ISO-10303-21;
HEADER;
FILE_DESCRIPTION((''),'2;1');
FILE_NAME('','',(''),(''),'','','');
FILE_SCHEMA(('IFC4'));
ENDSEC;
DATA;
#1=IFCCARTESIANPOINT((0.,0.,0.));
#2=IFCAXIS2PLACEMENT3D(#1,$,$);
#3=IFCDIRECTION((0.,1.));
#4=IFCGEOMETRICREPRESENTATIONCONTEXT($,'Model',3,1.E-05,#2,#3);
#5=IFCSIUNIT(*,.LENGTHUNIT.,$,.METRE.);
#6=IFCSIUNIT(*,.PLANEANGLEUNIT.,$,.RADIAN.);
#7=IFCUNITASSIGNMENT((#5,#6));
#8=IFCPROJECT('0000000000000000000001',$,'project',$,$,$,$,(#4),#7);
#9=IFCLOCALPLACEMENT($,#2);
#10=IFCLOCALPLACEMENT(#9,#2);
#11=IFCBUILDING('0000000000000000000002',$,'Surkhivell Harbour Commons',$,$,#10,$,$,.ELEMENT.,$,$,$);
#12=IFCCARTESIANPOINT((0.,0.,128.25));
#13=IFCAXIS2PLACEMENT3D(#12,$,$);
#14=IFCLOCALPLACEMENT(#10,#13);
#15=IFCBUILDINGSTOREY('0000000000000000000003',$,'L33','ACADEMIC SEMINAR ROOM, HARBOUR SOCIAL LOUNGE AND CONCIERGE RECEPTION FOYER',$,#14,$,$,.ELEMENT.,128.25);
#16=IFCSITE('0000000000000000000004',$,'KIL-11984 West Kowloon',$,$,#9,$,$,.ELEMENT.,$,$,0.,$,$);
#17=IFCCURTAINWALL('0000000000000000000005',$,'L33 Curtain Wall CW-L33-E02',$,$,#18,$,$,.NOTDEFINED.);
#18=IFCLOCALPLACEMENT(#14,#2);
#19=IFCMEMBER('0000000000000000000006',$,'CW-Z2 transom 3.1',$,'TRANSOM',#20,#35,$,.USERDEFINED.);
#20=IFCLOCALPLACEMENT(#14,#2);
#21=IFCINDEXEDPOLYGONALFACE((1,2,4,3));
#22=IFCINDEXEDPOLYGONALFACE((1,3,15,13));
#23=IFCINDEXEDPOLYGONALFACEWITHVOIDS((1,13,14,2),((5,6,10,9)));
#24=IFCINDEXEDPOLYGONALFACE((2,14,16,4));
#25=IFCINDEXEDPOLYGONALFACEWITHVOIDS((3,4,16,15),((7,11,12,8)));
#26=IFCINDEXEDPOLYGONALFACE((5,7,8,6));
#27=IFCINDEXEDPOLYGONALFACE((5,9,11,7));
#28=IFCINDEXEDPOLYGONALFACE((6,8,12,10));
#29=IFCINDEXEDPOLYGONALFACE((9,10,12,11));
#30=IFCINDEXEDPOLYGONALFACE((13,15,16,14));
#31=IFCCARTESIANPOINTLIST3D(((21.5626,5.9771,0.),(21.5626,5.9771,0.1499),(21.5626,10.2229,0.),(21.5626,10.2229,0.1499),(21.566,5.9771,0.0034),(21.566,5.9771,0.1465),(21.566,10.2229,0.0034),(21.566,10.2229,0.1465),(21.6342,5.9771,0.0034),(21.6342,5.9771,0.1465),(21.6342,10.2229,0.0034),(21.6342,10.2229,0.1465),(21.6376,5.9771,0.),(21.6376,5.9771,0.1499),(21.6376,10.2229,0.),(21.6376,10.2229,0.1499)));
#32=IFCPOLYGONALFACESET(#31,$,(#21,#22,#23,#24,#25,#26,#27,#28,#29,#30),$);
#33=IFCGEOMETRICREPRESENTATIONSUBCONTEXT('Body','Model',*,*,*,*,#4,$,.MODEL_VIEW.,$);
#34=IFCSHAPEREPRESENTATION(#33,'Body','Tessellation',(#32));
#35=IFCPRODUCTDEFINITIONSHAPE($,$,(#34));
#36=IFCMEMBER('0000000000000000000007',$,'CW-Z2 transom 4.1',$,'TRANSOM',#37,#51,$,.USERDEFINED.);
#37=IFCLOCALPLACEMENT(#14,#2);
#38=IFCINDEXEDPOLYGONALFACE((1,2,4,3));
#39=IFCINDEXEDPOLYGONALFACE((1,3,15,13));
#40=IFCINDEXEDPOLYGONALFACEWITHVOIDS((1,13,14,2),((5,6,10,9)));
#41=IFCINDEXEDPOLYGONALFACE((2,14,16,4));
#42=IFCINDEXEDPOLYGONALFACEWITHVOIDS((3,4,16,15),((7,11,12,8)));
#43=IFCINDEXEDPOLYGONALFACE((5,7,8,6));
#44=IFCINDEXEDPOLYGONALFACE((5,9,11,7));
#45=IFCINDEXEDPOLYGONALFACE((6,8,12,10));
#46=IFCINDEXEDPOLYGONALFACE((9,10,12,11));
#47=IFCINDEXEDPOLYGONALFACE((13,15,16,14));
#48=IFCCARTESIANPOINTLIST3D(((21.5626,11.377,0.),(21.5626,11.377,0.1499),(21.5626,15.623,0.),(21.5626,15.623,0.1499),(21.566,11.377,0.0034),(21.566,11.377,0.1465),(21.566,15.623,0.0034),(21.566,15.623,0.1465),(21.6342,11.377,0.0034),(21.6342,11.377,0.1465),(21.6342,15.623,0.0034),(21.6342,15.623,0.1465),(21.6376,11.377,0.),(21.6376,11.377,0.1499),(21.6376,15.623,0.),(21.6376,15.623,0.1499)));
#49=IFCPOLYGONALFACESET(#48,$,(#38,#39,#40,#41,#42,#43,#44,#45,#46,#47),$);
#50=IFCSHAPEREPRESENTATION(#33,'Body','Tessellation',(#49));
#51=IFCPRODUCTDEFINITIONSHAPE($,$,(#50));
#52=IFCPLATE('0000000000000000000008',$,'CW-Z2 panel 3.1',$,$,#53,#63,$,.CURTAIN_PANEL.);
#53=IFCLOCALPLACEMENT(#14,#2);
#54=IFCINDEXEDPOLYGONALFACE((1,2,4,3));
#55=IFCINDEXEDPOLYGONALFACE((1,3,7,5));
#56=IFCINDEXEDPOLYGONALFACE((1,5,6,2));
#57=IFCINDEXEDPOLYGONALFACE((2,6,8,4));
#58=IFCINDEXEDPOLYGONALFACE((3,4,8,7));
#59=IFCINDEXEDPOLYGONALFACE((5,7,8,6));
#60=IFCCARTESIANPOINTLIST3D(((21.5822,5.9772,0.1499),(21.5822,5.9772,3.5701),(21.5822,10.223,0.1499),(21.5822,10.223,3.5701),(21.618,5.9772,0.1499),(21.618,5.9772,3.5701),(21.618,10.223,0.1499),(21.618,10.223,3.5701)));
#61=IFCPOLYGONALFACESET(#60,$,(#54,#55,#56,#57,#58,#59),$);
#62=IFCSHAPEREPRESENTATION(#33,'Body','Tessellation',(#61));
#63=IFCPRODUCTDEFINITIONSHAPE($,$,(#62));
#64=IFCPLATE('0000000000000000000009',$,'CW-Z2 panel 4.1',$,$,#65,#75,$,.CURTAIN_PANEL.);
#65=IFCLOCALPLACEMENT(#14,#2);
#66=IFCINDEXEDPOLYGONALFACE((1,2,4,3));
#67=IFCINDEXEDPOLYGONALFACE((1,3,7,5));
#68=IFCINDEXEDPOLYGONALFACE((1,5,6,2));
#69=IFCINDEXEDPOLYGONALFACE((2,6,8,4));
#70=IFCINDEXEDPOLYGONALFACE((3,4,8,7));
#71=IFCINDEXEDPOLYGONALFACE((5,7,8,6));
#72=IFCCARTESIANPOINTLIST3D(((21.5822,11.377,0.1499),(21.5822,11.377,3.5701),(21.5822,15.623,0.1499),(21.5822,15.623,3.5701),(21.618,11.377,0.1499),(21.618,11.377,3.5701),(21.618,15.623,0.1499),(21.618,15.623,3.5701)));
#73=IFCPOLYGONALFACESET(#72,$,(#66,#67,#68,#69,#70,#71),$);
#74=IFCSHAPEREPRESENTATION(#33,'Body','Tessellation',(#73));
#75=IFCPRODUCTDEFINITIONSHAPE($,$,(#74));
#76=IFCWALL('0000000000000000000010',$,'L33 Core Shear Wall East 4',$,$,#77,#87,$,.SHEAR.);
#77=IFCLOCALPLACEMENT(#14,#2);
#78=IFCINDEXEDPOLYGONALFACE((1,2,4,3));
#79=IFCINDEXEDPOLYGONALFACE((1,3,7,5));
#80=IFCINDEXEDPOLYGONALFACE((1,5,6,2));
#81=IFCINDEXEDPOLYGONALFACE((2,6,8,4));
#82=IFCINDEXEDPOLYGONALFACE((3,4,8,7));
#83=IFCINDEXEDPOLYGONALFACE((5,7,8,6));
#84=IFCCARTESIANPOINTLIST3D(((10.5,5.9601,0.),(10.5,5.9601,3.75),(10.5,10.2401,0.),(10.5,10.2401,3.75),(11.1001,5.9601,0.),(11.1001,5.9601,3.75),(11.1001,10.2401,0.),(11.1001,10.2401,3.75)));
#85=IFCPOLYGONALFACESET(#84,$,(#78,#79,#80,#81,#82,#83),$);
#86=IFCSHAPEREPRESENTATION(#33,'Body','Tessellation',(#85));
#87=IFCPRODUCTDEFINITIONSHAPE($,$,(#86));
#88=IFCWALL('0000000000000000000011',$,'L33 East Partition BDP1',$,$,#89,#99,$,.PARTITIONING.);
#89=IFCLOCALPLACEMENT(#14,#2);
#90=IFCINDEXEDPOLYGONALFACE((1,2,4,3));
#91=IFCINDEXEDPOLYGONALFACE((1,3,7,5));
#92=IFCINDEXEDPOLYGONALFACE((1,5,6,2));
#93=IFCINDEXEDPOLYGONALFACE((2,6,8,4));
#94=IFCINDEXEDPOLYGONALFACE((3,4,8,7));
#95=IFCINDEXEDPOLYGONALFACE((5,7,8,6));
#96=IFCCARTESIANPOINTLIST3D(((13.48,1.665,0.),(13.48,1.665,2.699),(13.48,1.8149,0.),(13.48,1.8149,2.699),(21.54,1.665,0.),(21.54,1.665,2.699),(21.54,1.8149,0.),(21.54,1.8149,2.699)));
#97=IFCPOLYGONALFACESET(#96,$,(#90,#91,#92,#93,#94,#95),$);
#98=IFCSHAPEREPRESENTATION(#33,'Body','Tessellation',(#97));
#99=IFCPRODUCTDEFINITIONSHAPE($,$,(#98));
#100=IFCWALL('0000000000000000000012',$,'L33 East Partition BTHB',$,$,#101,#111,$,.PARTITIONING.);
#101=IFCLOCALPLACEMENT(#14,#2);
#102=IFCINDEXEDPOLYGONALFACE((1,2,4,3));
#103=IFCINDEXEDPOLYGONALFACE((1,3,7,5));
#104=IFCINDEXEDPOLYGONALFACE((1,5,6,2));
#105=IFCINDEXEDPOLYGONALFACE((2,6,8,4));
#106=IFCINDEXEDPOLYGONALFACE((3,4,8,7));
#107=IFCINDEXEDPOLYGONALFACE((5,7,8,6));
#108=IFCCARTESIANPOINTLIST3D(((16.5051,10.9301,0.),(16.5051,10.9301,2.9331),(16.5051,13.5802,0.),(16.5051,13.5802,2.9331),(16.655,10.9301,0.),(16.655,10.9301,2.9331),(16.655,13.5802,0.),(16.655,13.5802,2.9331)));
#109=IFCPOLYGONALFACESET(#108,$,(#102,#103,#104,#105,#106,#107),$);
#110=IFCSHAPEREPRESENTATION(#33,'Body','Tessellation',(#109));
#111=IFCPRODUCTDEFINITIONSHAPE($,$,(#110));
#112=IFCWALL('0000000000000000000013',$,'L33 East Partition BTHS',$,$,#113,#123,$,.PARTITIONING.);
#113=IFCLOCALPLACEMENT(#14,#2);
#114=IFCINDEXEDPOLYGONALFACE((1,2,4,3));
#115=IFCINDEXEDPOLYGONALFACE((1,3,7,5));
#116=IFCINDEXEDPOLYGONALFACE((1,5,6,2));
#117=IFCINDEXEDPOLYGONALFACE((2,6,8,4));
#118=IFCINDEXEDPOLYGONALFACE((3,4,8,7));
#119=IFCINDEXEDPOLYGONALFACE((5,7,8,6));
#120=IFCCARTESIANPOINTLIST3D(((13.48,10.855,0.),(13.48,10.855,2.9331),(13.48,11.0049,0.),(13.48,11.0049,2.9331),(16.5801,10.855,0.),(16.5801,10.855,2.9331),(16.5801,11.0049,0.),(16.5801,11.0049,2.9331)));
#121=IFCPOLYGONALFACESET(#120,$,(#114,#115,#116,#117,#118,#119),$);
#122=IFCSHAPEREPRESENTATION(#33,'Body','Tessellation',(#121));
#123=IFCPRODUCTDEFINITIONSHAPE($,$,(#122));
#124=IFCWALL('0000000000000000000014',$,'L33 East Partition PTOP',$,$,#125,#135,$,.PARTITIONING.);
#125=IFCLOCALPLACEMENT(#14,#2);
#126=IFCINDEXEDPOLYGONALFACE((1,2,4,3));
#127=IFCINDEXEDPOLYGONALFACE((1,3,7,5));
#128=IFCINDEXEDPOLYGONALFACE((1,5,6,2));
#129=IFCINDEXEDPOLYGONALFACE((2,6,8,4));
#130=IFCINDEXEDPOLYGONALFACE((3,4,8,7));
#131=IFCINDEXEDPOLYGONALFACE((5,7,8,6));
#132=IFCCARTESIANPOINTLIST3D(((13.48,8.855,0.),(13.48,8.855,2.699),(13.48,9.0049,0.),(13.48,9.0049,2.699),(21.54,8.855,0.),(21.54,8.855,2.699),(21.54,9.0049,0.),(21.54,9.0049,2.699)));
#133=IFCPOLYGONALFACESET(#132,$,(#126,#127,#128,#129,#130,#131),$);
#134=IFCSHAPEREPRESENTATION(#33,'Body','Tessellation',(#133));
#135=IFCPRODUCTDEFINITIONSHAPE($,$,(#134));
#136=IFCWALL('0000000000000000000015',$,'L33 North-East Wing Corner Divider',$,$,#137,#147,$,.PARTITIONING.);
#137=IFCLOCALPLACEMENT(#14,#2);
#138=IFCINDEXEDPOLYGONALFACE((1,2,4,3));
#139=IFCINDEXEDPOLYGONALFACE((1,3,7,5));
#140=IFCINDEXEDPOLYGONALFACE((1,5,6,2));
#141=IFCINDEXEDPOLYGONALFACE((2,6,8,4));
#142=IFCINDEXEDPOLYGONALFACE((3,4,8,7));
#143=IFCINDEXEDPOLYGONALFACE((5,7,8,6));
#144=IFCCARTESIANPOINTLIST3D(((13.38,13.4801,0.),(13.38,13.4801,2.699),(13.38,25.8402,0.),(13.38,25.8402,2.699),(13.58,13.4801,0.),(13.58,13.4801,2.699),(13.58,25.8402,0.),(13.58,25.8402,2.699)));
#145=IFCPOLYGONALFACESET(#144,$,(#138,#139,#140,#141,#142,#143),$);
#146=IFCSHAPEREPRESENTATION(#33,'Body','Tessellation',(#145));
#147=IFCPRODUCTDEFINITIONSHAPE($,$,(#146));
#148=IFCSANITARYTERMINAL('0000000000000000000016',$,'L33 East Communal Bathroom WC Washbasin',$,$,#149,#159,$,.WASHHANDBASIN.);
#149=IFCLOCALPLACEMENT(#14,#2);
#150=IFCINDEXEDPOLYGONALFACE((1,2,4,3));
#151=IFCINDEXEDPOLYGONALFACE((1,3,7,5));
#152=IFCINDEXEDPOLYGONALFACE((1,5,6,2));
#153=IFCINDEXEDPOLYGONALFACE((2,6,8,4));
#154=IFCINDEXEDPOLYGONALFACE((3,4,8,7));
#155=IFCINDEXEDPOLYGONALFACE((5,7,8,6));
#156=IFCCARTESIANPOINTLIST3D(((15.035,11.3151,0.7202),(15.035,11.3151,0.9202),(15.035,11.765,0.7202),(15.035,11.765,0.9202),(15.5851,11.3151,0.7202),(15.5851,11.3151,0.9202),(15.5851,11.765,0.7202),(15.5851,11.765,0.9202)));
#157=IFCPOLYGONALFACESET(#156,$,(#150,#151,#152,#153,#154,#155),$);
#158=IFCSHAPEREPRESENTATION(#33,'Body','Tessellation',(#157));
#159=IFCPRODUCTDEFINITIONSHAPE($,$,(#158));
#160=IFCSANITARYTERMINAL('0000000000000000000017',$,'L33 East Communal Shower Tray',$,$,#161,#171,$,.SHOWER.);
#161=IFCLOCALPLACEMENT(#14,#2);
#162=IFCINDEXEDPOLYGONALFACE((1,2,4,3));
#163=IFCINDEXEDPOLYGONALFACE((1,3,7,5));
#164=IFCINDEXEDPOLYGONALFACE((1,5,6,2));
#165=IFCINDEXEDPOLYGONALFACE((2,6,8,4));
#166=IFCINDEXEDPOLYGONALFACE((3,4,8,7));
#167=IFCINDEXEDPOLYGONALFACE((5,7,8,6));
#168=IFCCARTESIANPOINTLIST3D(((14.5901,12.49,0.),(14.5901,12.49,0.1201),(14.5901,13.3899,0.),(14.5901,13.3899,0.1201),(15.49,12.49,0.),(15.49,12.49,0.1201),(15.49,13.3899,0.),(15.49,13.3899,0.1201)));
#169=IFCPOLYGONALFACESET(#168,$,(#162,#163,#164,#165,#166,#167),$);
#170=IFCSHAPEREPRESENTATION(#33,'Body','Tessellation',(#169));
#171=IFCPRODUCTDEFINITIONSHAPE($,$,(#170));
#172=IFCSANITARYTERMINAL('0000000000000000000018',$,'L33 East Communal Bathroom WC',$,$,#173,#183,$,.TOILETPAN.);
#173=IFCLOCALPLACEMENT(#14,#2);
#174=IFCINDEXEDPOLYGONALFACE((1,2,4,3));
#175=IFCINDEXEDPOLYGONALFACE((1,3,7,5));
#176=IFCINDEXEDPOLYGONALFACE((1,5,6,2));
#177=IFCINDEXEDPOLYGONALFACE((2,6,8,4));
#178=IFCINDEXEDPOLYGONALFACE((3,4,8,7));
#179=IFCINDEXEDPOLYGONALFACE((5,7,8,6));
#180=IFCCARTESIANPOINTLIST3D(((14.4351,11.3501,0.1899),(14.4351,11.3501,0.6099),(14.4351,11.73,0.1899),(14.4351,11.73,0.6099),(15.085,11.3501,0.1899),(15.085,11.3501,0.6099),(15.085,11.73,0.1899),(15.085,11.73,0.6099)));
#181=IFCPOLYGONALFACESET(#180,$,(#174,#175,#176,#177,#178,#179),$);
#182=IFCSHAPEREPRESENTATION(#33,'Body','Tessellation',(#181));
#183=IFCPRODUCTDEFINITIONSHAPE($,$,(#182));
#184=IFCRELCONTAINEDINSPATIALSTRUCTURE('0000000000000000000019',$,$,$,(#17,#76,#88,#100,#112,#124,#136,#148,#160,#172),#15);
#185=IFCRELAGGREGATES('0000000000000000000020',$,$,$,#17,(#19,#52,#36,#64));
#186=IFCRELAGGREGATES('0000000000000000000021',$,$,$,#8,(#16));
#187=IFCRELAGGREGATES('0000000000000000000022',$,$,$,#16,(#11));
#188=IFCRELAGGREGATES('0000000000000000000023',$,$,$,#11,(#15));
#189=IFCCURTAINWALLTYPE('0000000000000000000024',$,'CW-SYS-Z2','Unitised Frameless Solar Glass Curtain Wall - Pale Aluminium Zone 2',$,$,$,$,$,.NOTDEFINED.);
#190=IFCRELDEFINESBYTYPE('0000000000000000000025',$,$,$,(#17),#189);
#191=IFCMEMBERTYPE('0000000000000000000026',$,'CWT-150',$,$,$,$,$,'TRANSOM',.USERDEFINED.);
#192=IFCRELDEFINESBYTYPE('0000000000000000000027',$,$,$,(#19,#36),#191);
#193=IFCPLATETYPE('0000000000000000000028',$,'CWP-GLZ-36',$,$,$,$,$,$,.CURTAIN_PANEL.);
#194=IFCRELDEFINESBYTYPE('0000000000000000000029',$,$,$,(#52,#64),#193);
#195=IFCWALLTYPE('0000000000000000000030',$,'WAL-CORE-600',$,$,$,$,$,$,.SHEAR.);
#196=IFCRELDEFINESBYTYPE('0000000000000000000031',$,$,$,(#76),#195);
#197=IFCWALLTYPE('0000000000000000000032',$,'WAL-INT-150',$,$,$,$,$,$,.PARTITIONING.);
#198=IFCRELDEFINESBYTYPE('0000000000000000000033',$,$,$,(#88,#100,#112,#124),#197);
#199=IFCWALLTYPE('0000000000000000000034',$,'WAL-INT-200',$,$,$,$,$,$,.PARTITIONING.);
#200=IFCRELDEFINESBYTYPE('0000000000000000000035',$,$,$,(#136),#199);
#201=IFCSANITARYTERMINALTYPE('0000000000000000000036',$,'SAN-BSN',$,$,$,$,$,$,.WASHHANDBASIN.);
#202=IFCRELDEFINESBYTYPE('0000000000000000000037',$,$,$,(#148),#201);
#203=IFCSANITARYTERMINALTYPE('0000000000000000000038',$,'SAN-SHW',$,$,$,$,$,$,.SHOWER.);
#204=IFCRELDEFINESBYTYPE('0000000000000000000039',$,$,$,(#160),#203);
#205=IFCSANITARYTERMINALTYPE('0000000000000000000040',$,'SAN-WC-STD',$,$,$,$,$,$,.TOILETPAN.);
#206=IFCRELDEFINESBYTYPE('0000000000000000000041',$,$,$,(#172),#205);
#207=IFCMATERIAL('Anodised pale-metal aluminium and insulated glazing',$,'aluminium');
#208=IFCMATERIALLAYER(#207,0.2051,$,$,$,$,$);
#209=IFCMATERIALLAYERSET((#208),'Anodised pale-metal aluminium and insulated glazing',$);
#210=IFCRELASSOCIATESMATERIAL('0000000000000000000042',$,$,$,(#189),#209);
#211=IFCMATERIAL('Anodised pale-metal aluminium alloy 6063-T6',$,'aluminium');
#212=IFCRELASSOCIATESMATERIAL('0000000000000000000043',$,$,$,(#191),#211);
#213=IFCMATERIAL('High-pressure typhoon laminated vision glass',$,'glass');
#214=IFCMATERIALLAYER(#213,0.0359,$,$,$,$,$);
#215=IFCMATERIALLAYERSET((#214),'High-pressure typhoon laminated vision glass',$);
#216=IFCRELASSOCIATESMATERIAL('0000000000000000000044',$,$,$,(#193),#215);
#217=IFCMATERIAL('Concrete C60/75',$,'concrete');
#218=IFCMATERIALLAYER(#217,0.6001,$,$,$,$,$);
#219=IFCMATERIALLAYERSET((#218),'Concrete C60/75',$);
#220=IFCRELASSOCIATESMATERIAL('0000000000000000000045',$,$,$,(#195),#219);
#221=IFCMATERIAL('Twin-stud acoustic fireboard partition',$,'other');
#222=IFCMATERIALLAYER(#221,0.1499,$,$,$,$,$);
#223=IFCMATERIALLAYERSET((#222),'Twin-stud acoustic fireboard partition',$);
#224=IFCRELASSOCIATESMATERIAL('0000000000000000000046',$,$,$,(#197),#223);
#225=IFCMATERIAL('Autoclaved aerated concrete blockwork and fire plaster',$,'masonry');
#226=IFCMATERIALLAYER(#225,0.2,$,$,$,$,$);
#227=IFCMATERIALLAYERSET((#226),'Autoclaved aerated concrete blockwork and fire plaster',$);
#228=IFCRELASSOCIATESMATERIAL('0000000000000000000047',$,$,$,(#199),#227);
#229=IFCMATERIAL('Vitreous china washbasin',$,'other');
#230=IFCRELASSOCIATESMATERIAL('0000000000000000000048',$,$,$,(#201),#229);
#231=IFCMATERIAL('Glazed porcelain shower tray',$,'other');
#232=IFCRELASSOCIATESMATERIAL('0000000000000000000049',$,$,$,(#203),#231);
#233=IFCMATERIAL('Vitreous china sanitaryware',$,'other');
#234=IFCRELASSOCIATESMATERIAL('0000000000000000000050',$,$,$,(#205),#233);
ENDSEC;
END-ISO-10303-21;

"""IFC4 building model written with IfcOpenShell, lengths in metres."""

from ifc_helpers import new_model, si_unit, direction, frame, frame_2d, origin, origin_2d, place, context, subcontext, project, spatial, rectangle, hollow_rectangle, extrude, material, layer, layer_set, material_profile, profile_set, type_object, element, aggregate, save


model = new_model("IFC4")

# Units and contexts
model_context = context("Model", 3, precision=1e-05, world=origin(), true_north=direction((0.0, 1.0)))
body_context = subcontext(model_context, "Body", "Model", "MODEL_VIEW")
ifc_project = project(units=[si_unit("LENGTHUNIT", "METRE"), si_unit("PLANEANGLEUNIT", "RADIAN")], contexts=[model_context])

# Site, building, storey
site_placement = place(None, origin())
site = spatial("IfcSite", under=ifc_project, at=site_placement, Name="KIL-11984 West Kowloon", CompositionType="ELEMENT", RefElevation=0.0)
building_placement = place(site_placement, origin())
building = spatial("IfcBuilding", under=site, at=building_placement, Name="Surkhivell Harbour Commons", CompositionType="ELEMENT")
storey_placement = place(building_placement, frame((0.0, 0.0, 128.25)))
storey = spatial("IfcBuildingStorey", under=building, at=storey_placement, Name="L33", Description="ACADEMIC SEMINAR ROOM, HARBOUR SOCIAL LOUNGE AND CONCIERGE RECEPTION FOYER", CompositionType="ELEMENT", Elevation=128.25)

# Shared definitions
ifc_material_1 = material(Name="Concrete C60/75", Category="concrete")

# Curtain wall, members, plates
ifc_material_2 = material(Name="Anodised pale-metal aluminium and insulated glazing", Category="aluminium")
ifc_layer_1 = layer(ifc_material_2, 0.2051)
ifc_layer_set_1 = layer_set([ifc_layer_1], Name="Anodised pale-metal aluminium and insulated glazing")
curtain_wall_type = type_object("IfcCurtainWallType", Name="CW-SYS-Z2", Description="Unitised Frameless Solar Glass Curtain Wall - Pale Aluminium Zone 2", PredefinedType="NOTDEFINED", material=ifc_layer_set_1)
curtain_wall_placement = place(storey_placement, origin())
curtain_wall = element("IfcCurtainWall", 1, at=curtain_wall_placement, inside=storey, type_object=curtain_wall_type, Name="L33 Curtain Wall CW-L33-E02", PredefinedType="NOTDEFINED")
ifc_material_3 = material(Name="Anodised pale-metal aluminium alloy 6063-T6", Category="aluminium")
ifc_material_profile_1 = material_profile(ifc_material_3, hollow_rectangle(XDim=0.075, YDim=0.1499, WallThickness=0.0034, at=origin_2d()), Name="ALU-TRAN-75x150")
ifc_profile_set_1 = profile_set([ifc_material_profile_1], Name="Anodised pale-metal aluminium alloy 6063-T6")
member_type_1 = type_object("IfcMemberType", Name="CWT-150", ElementType="TRANSOM", PredefinedType="USERDEFINED", material=ifc_profile_set_1)
member_1_placement = place(storey_placement, frame((21.6001, 5.9771, 0.075), z_axis=(0.0, 1.0, 0.0), x_axis=(-1.0, 0.0, 0.0)))
member_1 = element("IfcMember", 2, at=member_1_placement, type_object=member_type_1, Name="CW-Z2 transom 3.1", ObjectType="TRANSOM", PredefinedType="USERDEFINED", context=body_context, shape_type="SweptSolid", body=[
    extrude(hollow_rectangle(XDim=0.075, YDim=0.1499, WallThickness=0.0034, at=origin_2d()), origin(), (0.0, 0.0, 1.0), 4.2458),
])
member_2_placement = place(storey_placement, frame((21.6001, 11.377, 0.075), z_axis=(0.0, 1.0, 0.0), x_axis=(-1.0, 0.0, 0.0)))
member_2 = element("IfcMember", 3, at=member_2_placement, type_object=member_type_1, Name="CW-Z2 transom 4.1", ObjectType="TRANSOM", PredefinedType="USERDEFINED", context=body_context, shape_type="SweptSolid", body=[
    extrude(hollow_rectangle(XDim=0.075, YDim=0.1499, WallThickness=0.0034, at=origin_2d()), origin(), (0.0, 0.0, 1.0), 4.2461),
])
ifc_material_4 = material(Name="High-pressure typhoon laminated vision glass", Category="glass")
ifc_layer_2 = layer(ifc_material_4, 0.0359)
ifc_layer_set_2 = layer_set([ifc_layer_2], Name="High-pressure typhoon laminated vision glass")
plate_type = type_object("IfcPlateType", Name="CWP-GLZ-36", PredefinedType="CURTAIN_PANEL", material=ifc_layer_set_2)
plate_1_placement = place(storey_placement, frame((21.6001, 5.9771, 0.1499), z_axis=(0.0, 0.0, 1.0), x_axis=(0.0, 1.0, 0.0)))
plate_1 = element("IfcPlate", 4, at=plate_1_placement, type_object=plate_type, Name="CW-Z2 panel 3.1", PredefinedType="CURTAIN_PANEL", context=body_context, shape_type="SweptSolid", body=[
    extrude(rectangle(XDim=4.2458, YDim=0.0359, at=frame_2d((2.123, 0.0))), origin(), (0.0, 0.0, 1.0), 3.4202),
])
plate_2_placement = place(storey_placement, frame((21.6001, 11.377, 0.1499), z_axis=(0.0, 0.0, 1.0), x_axis=(0.0, 1.0, 0.0)))
plate_2 = element("IfcPlate", 5, at=plate_2_placement, type_object=plate_type, Name="CW-Z2 panel 4.1", PredefinedType="CURTAIN_PANEL", context=body_context, shape_type="SweptSolid", body=[
    extrude(rectangle(XDim=4.2461, YDim=0.0359, at=frame_2d((2.123, 0.0))), origin(), (0.0, 0.0, 1.0), 3.4202),
])
aggregate(curtain_wall, [member_1, plate_1, member_2, plate_2])

# Walls
ifc_layer_3 = layer(ifc_material_1, 0.6001)
ifc_layer_set_3 = layer_set([ifc_layer_3], Name="Concrete C60/75")
wall_type_1 = type_object("IfcWallType", Name="WAL-CORE-600", PredefinedType="SHEAR", material=ifc_layer_set_3)
wall_1_placement = place(storey_placement, frame((10.8, 5.96, 0.0), z_axis=(0.0, 0.0, 1.0), x_axis=(0.0, 1.0, 0.0)))
element("IfcWall", 6, at=wall_1_placement, inside=storey, type_object=wall_type_1, Name="L33 Core Shear Wall East 4", PredefinedType="SHEAR", context=body_context, shape_type="SweptSolid", body=[
    extrude(rectangle(XDim=4.28, YDim=0.6001, at=frame_2d((2.1401, 0.0))), origin(), (0.0, 0.0, 1.0), 3.75),
])
ifc_material_5 = material(Name="Twin-stud acoustic fireboard partition", Category="other")
ifc_layer_4 = layer(ifc_material_5, 0.1499)
ifc_layer_set_4 = layer_set([ifc_layer_4], Name="Twin-stud acoustic fireboard partition")
wall_type_2 = type_object("IfcWallType", Name="WAL-INT-150", PredefinedType="PARTITIONING", material=ifc_layer_set_4)
wall_2_placement = place(storey_placement, frame((13.48, 1.74, 0.0), z_axis=(0.0, 0.0, 1.0), x_axis=(1.0, 0.0, 0.0)))
element("IfcWall", 7, at=wall_2_placement, inside=storey, type_object=wall_type_2, Name="L33 East Partition BDP1", PredefinedType="PARTITIONING", context=body_context, shape_type="SweptSolid", body=[
    extrude(rectangle(XDim=8.0601, YDim=0.1499, at=frame_2d((4.03, 0.0))), origin(), (0.0, 0.0, 1.0), 2.699),
])
wall_3_placement = place(storey_placement, frame((16.5801, 10.9299, 0.0), z_axis=(0.0, 0.0, 1.0), x_axis=(0.0, 1.0, 0.0)))
element("IfcWall", 8, at=wall_3_placement, inside=storey, type_object=wall_type_2, Name="L33 East Partition BTHB", PredefinedType="PARTITIONING", context=body_context, shape_type="SweptSolid", body=[
    extrude(rectangle(XDim=2.6501, YDim=0.1499, at=frame_2d((1.3252, 0.0))), origin(), (0.0, 0.0, 1.0), 2.9331),
])
wall_4_placement = place(storey_placement, frame((13.48, 10.9299, 0.0), z_axis=(0.0, 0.0, 1.0), x_axis=(1.0, 0.0, 0.0)))
element("IfcWall", 9, at=wall_4_placement, inside=storey, type_object=wall_type_2, Name="L33 East Partition BTHS", PredefinedType="PARTITIONING", context=body_context, shape_type="SweptSolid", body=[
    extrude(rectangle(XDim=3.1001, YDim=0.1499, at=frame_2d((1.55, 0.0))), origin(), (0.0, 0.0, 1.0), 2.9331),
])
wall_5_placement = place(storey_placement, frame((13.48, 8.9299, 0.0), z_axis=(0.0, 0.0, 1.0), x_axis=(1.0, 0.0, 0.0)))
element("IfcWall", 10, at=wall_5_placement, inside=storey, type_object=wall_type_2, Name="L33 East Partition PTOP", PredefinedType="PARTITIONING", context=body_context, shape_type="SweptSolid", body=[
    extrude(rectangle(XDim=8.0601, YDim=0.1499, at=frame_2d((4.03, 0.0))), origin(), (0.0, 0.0, 1.0), 2.699),
])
ifc_material_6 = material(Name="Autoclaved aerated concrete blockwork and fire plaster", Category="masonry")
ifc_layer_5 = layer(ifc_material_6, 0.2)
ifc_layer_set_5 = layer_set([ifc_layer_5], Name="Autoclaved aerated concrete blockwork and fire plaster")
wall_type_3 = type_object("IfcWallType", Name="WAL-INT-200", PredefinedType="PARTITIONING", material=ifc_layer_set_5)
wall_6_placement = place(storey_placement, frame((13.48, 13.48, 0.0), z_axis=(0.0, 0.0, 1.0), x_axis=(0.0, 1.0, 0.0)))
element("IfcWall", 11, at=wall_6_placement, inside=storey, type_object=wall_type_3, Name="L33 North-East Wing Corner Divider", PredefinedType="PARTITIONING", context=body_context, shape_type="SweptSolid", body=[
    extrude(rectangle(XDim=12.3601, YDim=0.2, at=frame_2d((6.1802, 0.0))), origin(), (0.0, 0.0, 1.0), 2.699),
])

# Sanitary terminals
ifc_material_7 = material(Name="Vitreous china washbasin", Category="other")
sanitary_terminal_type_1 = type_object("IfcSanitaryTerminalType", Name="SAN-BSN", PredefinedType="WASHHANDBASIN", material=ifc_material_7)
sanitary_terminal_1_placement = place(storey_placement, frame((15.3101, 11.54, 0.7202), z_axis=(0.0, 0.0, 1.0), x_axis=(1.0, 0.0, 0.0)))
element("IfcSanitaryTerminal", 12, at=sanitary_terminal_1_placement, inside=storey, type_object=sanitary_terminal_type_1, Name="L33 East Communal Bathroom WC Washbasin", PredefinedType="WASHHANDBASIN", context=body_context, shape_type="SweptSolid", body=[
    extrude(rectangle(XDim=0.55, YDim=0.45, at=origin_2d()), origin(), (0.0, 0.0, 1.0), 0.2),
])
ifc_material_8 = material(Name="Glazed porcelain shower tray", Category="other")
sanitary_terminal_type_2 = type_object("IfcSanitaryTerminalType", Name="SAN-SHW", PredefinedType="SHOWER", material=ifc_material_8)
sanitary_terminal_2_placement = place(storey_placement, frame((15.04, 12.9399, 0.0), z_axis=(0.0, 0.0, 1.0), x_axis=(1.0, 0.0, 0.0)))
element("IfcSanitaryTerminal", 13, at=sanitary_terminal_2_placement, inside=storey, type_object=sanitary_terminal_type_2, Name="L33 East Communal Shower Tray", PredefinedType="SHOWER", context=body_context, shape_type="SweptSolid", body=[
    extrude(rectangle(XDim=0.8999, YDim=0.8999, at=origin_2d()), origin(), (0.0, 0.0, 1.0), 0.1201),
])
ifc_material_9 = material(Name="Vitreous china sanitaryware", Category="other")
sanitary_terminal_type_3 = type_object("IfcSanitaryTerminalType", Name="SAN-WC-STD", PredefinedType="TOILETPAN", material=ifc_material_9)
sanitary_terminal_3_placement = place(storey_placement, frame((14.76, 11.54, 0.1899), z_axis=(0.0, 0.0, 1.0), x_axis=(1.0, 0.0, 0.0)))
element("IfcSanitaryTerminal", 14, at=sanitary_terminal_3_placement, inside=storey, type_object=sanitary_terminal_type_3, Name="L33 East Communal Bathroom WC", PredefinedType="TOILETPAN", context=body_context, shape_type="SweptSolid", body=[
    extrude(rectangle(XDim=0.6499, YDim=0.3799, at=origin_2d()), origin(), (0.0, 0.0, 1.0), 0.4199),
])

save(model, "model.ifc")
